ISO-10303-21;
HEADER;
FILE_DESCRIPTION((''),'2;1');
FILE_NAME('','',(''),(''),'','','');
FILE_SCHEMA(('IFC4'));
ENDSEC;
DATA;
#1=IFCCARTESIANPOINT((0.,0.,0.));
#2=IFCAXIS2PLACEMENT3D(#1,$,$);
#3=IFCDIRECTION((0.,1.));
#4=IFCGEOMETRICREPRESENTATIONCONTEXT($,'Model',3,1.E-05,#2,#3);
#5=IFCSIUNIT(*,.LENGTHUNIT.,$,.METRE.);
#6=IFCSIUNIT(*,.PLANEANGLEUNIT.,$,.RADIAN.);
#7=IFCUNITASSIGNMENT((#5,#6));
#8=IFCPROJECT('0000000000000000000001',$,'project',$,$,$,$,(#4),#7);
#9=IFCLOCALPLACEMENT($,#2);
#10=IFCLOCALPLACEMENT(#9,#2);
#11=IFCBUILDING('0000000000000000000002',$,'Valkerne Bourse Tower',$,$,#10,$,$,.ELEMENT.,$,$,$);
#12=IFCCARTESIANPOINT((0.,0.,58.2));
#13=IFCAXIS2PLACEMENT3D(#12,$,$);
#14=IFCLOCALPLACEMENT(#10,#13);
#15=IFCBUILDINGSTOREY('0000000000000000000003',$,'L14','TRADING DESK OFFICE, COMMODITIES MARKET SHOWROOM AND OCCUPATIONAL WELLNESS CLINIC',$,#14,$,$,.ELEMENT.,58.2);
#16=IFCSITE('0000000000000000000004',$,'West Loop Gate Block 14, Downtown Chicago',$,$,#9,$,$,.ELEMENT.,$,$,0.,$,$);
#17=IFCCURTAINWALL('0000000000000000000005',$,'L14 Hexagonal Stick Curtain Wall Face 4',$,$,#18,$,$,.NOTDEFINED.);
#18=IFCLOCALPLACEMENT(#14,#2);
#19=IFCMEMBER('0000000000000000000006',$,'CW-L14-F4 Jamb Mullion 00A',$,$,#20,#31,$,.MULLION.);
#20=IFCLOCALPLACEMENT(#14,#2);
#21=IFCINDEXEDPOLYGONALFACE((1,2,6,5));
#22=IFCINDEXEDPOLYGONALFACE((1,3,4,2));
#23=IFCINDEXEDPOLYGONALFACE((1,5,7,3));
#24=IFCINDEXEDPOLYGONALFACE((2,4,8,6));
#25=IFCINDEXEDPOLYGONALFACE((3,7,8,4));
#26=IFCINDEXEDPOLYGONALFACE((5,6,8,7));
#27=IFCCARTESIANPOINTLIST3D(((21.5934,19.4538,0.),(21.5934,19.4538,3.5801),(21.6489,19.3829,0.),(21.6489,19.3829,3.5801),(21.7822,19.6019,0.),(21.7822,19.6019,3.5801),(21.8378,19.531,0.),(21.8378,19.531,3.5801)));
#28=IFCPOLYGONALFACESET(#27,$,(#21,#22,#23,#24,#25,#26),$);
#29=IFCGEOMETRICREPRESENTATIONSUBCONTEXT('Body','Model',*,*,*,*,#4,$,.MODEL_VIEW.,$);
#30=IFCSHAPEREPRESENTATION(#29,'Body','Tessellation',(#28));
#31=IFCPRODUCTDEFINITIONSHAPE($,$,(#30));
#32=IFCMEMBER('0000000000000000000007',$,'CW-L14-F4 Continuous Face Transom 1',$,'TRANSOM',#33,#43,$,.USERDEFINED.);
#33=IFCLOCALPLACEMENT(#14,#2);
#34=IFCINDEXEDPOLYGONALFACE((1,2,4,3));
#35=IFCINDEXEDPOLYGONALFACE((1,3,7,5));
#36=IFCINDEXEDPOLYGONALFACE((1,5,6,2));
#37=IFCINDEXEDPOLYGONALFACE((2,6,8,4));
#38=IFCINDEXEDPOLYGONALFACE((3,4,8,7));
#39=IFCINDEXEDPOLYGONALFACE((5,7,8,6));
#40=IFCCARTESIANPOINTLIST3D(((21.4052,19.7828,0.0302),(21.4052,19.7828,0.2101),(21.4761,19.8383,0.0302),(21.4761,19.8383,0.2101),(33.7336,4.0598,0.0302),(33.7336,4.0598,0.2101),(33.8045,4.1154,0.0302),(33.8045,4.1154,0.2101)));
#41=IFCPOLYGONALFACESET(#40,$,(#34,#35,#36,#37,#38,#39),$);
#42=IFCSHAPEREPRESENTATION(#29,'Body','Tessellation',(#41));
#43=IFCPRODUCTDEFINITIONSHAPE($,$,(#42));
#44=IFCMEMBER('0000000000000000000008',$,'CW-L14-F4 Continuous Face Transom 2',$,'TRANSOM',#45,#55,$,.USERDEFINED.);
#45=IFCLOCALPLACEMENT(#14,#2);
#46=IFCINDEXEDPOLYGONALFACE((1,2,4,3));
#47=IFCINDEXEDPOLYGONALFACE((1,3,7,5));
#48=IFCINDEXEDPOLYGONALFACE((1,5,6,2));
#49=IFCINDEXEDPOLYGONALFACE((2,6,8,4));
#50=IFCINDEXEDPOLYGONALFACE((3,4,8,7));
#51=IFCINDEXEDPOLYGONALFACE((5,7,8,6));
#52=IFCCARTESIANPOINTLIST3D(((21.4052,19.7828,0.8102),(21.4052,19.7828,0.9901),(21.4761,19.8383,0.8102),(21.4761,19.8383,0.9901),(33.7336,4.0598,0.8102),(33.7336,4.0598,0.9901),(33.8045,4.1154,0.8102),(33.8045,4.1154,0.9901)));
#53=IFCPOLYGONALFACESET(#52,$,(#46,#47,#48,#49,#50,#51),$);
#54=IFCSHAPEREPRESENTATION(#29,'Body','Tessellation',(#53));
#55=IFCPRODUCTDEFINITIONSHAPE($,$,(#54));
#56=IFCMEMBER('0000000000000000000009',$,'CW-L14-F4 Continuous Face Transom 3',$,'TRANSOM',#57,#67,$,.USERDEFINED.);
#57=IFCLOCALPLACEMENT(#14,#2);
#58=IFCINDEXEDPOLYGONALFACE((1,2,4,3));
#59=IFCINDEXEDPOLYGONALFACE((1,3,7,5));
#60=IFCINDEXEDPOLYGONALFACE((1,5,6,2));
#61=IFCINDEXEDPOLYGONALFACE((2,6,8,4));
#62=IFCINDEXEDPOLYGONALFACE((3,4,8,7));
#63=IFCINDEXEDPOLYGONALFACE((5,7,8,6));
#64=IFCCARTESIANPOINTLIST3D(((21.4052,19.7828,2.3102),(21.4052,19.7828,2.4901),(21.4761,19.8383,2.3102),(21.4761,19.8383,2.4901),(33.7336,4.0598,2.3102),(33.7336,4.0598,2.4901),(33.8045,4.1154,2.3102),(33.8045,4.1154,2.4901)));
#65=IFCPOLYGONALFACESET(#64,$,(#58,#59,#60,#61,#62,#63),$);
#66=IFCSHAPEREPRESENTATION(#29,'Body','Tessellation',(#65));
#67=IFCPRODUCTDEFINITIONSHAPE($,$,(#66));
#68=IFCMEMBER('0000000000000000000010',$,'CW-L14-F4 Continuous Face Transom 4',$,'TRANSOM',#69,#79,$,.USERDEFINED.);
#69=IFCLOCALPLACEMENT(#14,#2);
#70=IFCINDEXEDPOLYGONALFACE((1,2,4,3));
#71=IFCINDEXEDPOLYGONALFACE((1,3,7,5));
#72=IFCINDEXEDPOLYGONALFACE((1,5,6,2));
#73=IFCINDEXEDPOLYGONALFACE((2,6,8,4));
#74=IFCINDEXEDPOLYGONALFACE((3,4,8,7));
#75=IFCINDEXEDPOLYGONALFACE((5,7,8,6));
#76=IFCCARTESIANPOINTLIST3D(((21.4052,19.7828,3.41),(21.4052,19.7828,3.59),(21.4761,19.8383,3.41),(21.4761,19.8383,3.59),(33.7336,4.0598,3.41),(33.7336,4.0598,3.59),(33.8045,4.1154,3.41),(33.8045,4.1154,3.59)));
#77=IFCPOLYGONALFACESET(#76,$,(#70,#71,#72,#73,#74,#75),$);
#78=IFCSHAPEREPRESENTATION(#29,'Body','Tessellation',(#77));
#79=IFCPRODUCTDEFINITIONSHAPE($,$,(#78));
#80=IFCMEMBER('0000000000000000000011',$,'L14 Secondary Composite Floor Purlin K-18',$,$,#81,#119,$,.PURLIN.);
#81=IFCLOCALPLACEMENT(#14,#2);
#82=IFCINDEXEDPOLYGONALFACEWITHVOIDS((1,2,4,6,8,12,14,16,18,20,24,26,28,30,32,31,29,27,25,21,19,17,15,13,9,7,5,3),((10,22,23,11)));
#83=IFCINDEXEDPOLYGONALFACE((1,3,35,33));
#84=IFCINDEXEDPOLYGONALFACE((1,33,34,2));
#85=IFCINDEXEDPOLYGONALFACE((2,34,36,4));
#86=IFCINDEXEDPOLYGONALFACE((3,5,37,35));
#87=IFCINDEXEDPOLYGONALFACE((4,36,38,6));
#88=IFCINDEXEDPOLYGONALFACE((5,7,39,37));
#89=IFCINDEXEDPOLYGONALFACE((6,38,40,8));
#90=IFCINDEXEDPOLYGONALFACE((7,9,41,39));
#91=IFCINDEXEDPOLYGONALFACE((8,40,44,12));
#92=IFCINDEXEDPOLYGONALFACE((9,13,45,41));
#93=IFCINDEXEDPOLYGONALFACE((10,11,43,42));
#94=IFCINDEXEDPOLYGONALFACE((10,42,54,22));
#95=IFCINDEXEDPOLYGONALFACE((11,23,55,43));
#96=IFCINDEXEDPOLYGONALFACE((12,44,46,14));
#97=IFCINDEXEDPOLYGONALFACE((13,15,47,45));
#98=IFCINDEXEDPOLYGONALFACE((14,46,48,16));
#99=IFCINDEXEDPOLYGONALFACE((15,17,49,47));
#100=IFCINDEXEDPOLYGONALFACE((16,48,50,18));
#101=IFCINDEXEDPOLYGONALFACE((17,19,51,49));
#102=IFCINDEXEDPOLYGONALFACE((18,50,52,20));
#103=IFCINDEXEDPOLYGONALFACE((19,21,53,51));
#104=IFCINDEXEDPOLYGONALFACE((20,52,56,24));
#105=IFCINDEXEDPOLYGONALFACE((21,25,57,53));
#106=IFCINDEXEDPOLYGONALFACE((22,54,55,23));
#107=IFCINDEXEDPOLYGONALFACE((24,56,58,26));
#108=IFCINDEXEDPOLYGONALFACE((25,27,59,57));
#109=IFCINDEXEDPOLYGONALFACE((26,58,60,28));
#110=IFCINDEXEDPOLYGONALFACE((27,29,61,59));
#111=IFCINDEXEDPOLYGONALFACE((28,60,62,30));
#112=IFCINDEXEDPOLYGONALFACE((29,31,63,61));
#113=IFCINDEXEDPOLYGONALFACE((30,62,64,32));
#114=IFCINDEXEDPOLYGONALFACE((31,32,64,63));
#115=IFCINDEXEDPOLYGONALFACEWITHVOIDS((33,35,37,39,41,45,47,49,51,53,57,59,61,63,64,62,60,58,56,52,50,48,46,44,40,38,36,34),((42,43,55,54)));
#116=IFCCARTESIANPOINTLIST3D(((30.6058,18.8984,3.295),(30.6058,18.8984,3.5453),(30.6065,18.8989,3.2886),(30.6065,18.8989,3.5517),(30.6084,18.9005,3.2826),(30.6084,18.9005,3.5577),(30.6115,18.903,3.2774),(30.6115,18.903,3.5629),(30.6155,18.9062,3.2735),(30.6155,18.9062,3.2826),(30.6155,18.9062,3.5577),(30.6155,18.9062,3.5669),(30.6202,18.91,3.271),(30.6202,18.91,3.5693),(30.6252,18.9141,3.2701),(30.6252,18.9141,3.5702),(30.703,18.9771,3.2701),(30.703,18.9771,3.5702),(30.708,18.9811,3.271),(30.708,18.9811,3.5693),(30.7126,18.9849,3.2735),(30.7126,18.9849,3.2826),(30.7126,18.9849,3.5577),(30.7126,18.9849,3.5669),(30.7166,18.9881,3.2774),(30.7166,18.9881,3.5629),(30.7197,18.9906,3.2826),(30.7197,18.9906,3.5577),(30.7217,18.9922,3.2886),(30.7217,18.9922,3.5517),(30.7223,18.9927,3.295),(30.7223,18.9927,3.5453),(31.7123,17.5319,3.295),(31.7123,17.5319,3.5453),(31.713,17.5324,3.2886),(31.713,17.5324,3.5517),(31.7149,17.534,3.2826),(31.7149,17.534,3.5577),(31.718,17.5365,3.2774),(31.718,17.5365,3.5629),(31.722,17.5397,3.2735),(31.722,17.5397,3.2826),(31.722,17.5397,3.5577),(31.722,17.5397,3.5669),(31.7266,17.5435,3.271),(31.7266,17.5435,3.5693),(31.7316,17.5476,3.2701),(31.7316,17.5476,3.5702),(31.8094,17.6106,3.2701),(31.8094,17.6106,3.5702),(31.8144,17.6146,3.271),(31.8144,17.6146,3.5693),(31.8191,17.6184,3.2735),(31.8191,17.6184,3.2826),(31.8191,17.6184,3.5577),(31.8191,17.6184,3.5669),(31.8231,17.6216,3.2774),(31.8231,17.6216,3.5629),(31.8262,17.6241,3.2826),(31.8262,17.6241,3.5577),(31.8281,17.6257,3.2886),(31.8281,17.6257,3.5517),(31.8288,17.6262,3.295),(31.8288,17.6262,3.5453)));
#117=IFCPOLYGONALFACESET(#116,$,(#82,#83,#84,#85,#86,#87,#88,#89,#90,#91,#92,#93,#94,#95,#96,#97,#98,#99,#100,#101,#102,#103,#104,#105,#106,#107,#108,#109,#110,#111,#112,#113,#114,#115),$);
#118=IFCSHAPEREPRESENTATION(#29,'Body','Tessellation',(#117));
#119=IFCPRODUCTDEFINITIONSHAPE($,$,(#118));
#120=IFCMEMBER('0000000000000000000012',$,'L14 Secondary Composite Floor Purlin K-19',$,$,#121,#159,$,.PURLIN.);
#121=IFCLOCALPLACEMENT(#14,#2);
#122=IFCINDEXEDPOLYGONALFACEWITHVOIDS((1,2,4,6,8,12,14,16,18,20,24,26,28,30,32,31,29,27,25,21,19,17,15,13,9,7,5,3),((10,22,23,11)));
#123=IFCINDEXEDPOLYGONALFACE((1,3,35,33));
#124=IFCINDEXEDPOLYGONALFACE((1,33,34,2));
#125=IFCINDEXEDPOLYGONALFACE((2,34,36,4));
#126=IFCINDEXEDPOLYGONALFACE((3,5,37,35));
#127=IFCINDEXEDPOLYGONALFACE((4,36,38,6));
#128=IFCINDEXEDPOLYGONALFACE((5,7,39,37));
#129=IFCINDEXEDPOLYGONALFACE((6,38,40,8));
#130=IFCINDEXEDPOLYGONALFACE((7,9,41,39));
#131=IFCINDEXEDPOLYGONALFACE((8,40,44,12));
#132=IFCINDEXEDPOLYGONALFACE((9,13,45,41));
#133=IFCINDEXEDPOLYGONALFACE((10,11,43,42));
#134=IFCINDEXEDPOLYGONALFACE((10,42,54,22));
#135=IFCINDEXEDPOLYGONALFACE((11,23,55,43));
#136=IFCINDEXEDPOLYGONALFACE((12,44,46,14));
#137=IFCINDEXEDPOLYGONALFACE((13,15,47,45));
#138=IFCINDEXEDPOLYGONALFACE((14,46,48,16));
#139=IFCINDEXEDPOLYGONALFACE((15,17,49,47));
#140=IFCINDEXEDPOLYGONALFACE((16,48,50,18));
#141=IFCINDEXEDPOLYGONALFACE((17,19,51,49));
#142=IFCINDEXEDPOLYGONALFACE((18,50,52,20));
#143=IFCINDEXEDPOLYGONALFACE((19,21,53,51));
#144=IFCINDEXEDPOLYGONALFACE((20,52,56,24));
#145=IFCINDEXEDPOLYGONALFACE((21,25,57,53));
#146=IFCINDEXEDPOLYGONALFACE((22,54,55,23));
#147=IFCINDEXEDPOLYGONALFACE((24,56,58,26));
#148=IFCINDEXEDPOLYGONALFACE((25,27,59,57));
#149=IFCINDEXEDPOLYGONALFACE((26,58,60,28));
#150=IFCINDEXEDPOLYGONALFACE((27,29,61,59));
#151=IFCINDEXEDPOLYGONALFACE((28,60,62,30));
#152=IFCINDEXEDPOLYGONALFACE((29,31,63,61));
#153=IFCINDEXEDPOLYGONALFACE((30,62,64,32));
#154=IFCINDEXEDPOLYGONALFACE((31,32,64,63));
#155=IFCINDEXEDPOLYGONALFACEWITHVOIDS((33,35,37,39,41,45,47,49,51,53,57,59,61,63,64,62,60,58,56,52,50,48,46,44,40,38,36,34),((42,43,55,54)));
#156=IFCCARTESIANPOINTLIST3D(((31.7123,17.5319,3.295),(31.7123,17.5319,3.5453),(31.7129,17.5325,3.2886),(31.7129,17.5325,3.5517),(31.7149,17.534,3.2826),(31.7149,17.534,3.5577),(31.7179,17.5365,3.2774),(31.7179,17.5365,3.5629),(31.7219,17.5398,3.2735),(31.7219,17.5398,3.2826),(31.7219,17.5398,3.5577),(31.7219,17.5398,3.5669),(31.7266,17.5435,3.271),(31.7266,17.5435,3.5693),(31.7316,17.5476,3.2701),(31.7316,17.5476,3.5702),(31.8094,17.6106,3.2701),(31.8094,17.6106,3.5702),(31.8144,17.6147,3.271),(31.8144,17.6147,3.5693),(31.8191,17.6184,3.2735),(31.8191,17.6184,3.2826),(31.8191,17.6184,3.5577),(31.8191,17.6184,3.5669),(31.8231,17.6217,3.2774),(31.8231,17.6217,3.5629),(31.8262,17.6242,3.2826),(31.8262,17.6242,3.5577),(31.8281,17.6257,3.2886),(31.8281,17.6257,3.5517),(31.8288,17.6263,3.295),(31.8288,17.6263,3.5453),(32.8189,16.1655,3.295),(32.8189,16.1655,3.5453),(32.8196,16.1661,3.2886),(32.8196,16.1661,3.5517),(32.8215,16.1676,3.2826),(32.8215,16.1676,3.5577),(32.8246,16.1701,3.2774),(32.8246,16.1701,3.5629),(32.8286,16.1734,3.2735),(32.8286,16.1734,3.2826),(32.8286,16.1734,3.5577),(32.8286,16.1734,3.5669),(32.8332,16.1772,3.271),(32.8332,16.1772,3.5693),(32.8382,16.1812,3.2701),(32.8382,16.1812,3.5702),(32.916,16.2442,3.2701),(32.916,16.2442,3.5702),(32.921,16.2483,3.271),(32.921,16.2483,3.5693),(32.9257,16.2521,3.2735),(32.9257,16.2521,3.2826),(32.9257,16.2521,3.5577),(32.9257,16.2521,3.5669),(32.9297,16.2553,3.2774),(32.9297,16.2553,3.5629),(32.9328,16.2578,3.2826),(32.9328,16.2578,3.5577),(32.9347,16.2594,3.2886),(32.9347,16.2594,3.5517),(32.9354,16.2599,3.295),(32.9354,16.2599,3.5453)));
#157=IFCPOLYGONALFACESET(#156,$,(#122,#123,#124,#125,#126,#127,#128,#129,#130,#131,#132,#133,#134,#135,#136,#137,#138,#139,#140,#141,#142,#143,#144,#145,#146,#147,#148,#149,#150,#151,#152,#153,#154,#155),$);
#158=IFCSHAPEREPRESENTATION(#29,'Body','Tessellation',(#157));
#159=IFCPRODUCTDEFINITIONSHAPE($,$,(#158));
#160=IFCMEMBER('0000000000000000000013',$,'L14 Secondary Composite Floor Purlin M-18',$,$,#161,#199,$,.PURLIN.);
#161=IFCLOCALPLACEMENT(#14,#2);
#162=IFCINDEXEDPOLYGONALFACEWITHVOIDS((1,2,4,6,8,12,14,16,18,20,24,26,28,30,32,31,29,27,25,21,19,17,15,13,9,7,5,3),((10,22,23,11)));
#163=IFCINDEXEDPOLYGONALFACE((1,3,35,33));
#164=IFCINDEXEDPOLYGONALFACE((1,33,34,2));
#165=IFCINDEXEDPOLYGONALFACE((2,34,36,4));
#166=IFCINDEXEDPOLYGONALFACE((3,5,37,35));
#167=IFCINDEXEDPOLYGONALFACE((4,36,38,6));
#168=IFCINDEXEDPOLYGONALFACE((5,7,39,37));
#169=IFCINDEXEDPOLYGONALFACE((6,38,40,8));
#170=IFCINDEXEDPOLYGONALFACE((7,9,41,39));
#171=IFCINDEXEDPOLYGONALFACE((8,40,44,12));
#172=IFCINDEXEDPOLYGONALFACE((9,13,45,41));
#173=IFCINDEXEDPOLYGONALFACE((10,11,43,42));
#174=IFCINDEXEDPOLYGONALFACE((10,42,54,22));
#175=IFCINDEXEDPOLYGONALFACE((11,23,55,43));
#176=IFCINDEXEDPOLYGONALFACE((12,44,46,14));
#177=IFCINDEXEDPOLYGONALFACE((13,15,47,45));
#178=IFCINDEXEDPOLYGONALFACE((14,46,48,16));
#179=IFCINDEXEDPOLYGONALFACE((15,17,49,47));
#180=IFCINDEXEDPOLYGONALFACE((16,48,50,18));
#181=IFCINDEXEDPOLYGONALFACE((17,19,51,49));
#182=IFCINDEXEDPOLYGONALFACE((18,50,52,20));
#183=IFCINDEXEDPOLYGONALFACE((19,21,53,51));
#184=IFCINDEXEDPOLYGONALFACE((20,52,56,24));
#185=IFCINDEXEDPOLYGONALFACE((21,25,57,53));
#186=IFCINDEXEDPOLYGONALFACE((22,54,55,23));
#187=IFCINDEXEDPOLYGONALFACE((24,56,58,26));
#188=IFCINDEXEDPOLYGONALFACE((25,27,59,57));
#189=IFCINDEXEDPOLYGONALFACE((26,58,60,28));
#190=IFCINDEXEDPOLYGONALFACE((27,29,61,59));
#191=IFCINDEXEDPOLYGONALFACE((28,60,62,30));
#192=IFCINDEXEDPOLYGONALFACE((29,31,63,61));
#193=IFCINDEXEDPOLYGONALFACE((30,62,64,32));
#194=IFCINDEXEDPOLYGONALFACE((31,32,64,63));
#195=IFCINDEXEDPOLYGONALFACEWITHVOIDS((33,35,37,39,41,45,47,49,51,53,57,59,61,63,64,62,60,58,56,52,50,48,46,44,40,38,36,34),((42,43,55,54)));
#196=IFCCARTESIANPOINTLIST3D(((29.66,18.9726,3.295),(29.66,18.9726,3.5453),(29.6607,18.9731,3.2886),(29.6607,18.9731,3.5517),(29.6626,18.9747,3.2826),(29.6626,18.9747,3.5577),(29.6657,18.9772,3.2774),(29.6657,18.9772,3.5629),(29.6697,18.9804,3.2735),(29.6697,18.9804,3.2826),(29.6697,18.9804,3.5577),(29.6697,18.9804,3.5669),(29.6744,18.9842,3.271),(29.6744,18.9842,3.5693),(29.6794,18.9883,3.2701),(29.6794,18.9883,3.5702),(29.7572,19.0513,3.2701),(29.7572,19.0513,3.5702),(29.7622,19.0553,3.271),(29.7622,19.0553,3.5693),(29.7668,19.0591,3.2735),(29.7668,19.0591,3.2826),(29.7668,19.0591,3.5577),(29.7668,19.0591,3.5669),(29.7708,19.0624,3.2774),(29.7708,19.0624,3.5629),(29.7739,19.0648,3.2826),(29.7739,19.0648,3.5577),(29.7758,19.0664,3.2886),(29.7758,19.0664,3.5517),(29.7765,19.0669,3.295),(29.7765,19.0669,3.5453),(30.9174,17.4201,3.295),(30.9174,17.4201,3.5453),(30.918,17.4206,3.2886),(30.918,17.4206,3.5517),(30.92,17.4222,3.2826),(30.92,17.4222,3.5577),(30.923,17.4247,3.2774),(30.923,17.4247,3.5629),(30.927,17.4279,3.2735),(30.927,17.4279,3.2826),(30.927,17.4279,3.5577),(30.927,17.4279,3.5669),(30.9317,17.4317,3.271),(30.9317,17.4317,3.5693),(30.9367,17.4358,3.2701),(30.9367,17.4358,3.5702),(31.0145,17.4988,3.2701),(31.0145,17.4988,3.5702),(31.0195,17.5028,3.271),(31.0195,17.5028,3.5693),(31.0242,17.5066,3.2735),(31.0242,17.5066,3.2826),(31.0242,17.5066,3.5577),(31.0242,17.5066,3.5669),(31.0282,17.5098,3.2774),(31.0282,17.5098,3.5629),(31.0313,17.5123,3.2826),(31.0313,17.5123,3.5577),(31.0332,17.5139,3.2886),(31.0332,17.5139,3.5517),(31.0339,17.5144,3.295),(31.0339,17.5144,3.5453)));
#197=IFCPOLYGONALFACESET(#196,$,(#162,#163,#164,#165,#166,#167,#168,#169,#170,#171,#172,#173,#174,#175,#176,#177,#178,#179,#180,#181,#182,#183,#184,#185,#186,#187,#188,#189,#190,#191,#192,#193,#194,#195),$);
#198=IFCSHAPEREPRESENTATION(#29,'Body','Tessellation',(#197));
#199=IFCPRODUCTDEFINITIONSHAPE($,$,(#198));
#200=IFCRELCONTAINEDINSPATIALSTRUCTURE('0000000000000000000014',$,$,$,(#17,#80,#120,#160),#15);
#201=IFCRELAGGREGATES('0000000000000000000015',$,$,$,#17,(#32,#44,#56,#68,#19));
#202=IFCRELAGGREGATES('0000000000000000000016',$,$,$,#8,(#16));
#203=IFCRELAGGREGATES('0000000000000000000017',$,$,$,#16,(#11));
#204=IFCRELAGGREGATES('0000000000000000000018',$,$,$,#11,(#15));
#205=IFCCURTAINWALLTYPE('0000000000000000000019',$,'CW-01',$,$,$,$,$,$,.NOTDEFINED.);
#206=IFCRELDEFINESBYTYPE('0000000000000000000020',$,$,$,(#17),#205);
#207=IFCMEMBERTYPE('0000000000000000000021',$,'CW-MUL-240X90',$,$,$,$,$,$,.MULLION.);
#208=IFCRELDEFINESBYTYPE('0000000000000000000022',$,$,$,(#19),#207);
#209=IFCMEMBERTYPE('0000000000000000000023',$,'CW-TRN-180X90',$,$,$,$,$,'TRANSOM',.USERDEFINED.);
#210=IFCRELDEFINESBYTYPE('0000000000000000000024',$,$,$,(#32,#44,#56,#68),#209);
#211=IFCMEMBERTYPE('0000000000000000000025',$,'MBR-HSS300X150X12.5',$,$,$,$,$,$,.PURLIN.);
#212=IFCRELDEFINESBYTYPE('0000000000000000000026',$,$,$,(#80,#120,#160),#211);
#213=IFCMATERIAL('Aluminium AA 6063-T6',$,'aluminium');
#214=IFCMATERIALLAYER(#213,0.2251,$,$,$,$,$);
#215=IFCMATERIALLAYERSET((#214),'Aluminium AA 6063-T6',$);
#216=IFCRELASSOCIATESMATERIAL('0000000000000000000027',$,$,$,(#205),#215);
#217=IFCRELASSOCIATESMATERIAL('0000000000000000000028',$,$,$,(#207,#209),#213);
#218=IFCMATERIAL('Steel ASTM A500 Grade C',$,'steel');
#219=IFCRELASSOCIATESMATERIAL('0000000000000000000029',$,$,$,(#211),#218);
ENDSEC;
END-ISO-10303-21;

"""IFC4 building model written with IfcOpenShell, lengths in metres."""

from ifc_helpers import new_model, si_unit, direction, frame, origin, origin_2d, place, context, subcontext, project, spatial, rectangle, hollow_rectangle, extrude, material, layer, layer_set, material_profile, profile_set, type_object, element, aggregate, save


model = new_model("IFC4")

# Units and contexts
model_context = context("Model", 3, precision=1e-05, world=origin(), true_north=direction((0.0, 1.0)))
body_context = subcontext(model_context, "Body", "Model", "MODEL_VIEW")
ifc_project = project(units=[si_unit("LENGTHUNIT", "METRE"), si_unit("PLANEANGLEUNIT", "RADIAN")], contexts=[model_context])

# Site, building, storey
site_placement = place(None, origin())
site = spatial("IfcSite", under=ifc_project, at=site_placement, Name="West Loop Gate Block 14, Downtown Chicago", CompositionType="ELEMENT", RefElevation=0.0)
building_placement = place(site_placement, origin())
building = spatial("IfcBuilding", under=site, at=building_placement, Name="Valkerne Bourse Tower", CompositionType="ELEMENT")
storey_placement = place(building_placement, frame((0.0, 0.0, 58.2)))
storey = spatial("IfcBuildingStorey", under=building, at=storey_placement, Name="L14", Description="TRADING DESK OFFICE, COMMODITIES MARKET SHOWROOM AND OCCUPATIONAL WELLNESS CLINIC", CompositionType="ELEMENT", Elevation=58.2)

# Curtain wall, members
ifc_material_1 = material(Name="Aluminium AA 6063-T6", Category="aluminium")
ifc_layer_1 = layer(ifc_material_1, 0.2251)
ifc_layer_set_1 = layer_set([ifc_layer_1], Name="Aluminium AA 6063-T6")
curtain_wall_type = type_object("IfcCurtainWallType", Name="CW-01", PredefinedType="NOTDEFINED", material=ifc_layer_set_1)
curtain_wall_placement = place(storey_placement, origin())
curtain_wall = element("IfcCurtainWall", 1, at=curtain_wall_placement, inside=storey, type_object=curtain_wall_type, Name="L14 Hexagonal Stick Curtain Wall Face 4", PredefinedType="NOTDEFINED")
ifc_material_profile_1 = material_profile(ifc_material_1, rectangle(XDim=0.0901, YDim=0.24, at=origin_2d()), Name="CWM-90X240")
ifc_profile_set_1 = profile_set([ifc_material_profile_1], Name="Aluminium AA 6063-T6")
member_type_1 = type_object("IfcMemberType", Name="CW-MUL-240X90", PredefinedType="MULLION", material=ifc_profile_set_1)
member_1_placement = place(storey_placement, frame((21.7156, 19.4924, 0.0), z_axis=(0.0, 0.0, 1.0), x_axis=(0.617051, -0.786923, 0.0)))
member_1 = element("IfcMember", 2, at=member_1_placement, type_object=member_type_1, Name="CW-L14-F4 Jamb Mullion 00A", PredefinedType="MULLION", context=body_context, shape_type="SweptSolid", body=[
    extrude(rectangle(XDim=0.0901, YDim=0.24, at=origin_2d()), origin(), (0.0, 0.0, 1.0), 3.5801),
])
ifc_material_profile_2 = material_profile(ifc_material_1, rectangle(XDim=0.0901, YDim=0.1799, at=origin_2d()), Name="CWT-90X180")
ifc_profile_set_2 = profile_set([ifc_material_profile_2], Name="Aluminium AA 6063-T6")
member_type_2 = type_object("IfcMemberType", Name="CW-TRN-180X90", ElementType="TRANSOM", PredefinedType="USERDEFINED", material=ifc_profile_set_2)
member_2_placement = place(storey_placement, frame((21.4407, 19.8105, 0.1201), z_axis=(0.617037, -0.786934, 0.0), x_axis=(0.786934, 0.617037, 0.0)))
member_2 = element("IfcMember", 3, at=member_2_placement, type_object=member_type_2, Name="CW-L14-F4 Continuous Face Transom 1", ObjectType="TRANSOM", PredefinedType="USERDEFINED", context=body_context, shape_type="SweptSolid", body=[
    extrude(rectangle(XDim=0.0901, YDim=0.1799, at=origin_2d()), origin(), (0.0, 0.0, 1.0), 19.98),
])
member_3_placement = place(storey_placement, frame((21.4407, 19.8105, 0.9001), z_axis=(0.617037, -0.786934, 0.0), x_axis=(0.786934, 0.617037, 0.0)))
member_3 = element("IfcMember", 4, at=member_3_placement, type_object=member_type_2, Name="CW-L14-F4 Continuous Face Transom 2", ObjectType="TRANSOM", PredefinedType="USERDEFINED", context=body_context, shape_type="SweptSolid", body=[
    extrude(rectangle(XDim=0.0901, YDim=0.1799, at=origin_2d()), origin(), (0.0, 0.0, 1.0), 19.98),
])
member_4_placement = place(storey_placement, frame((21.4407, 19.8105, 2.4001), z_axis=(0.617037, -0.786934, 0.0), x_axis=(0.786934, 0.617037, 0.0)))
member_4 = element("IfcMember", 5, at=member_4_placement, type_object=member_type_2, Name="CW-L14-F4 Continuous Face Transom 3", ObjectType="TRANSOM", PredefinedType="USERDEFINED", context=body_context, shape_type="SweptSolid", body=[
    extrude(rectangle(XDim=0.0901, YDim=0.1799, at=origin_2d()), origin(), (0.0, 0.0, 1.0), 19.98),
])
member_5_placement = place(storey_placement, frame((21.4407, 19.8105, 3.5), z_axis=(0.617037, -0.786934, 0.0), x_axis=(0.786934, 0.617037, 0.0)))
member_5 = element("IfcMember", 6, at=member_5_placement, type_object=member_type_2, Name="CW-L14-F4 Continuous Face Transom 4", ObjectType="TRANSOM", PredefinedType="USERDEFINED", context=body_context, shape_type="SweptSolid", body=[
    extrude(rectangle(XDim=0.0901, YDim=0.1799, at=origin_2d()), origin(), (0.0, 0.0, 1.0), 19.98),
])

# Members
ifc_material_2 = material(Name="Steel ASTM A500 Grade C", Category="steel")
ifc_material_profile_3 = material_profile(ifc_material_2, hollow_rectangle(XDim=0.1499, YDim=0.3, WallThickness=0.0125, OuterFilletRadius=0.0249, at=origin_2d()), Name="HSS300X150X12.5")
ifc_profile_set_3 = profile_set([ifc_material_profile_3], Name="Steel ASTM A500 Grade C")
member_type_3 = type_object("IfcMemberType", Name="MBR-HSS300X150X12.5", PredefinedType="PURLIN", material=ifc_profile_set_3)
for number, where, z_axis, x_axis, name in (
    (7, (30.6641, 18.9456, 3.4202), (0.62929, -0.77717, 0.0), (0.77717, 0.62929, 0.0), "L14 Secondary Composite Floor Purlin K-18"),
    (8, (31.7705, 17.5791, 3.4202), (0.629374, -0.777103, 0.0), (0.777103, 0.629374, 0.0), "L14 Secondary Composite Floor Purlin K-19"),
):
    element("IfcMember", number, at=place(storey_placement, frame(where, z_axis=z_axis, x_axis=x_axis)), inside=storey, type_object=member_type_3, Name=name, PredefinedType="PURLIN", context=body_context, shape_type="SweptSolid", body=[
        extrude(hollow_rectangle(XDim=0.1499, YDim=0.3, WallThickness=0.0125, OuterFilletRadius=0.0249, at=origin_2d()), origin(), (0.0, 0.0, 1.0), 1.7583),
    ])
member_6_placement = place(storey_placement, frame((29.7183, 19.0198, 3.4202), z_axis=(0.629363, -0.777111, 0.0), x_axis=(0.777111, 0.629363, 0.0)))
element("IfcMember", 9, at=member_6_placement, inside=storey, type_object=member_type_3, Name="L14 Secondary Composite Floor Purlin M-18", PredefinedType="PURLIN", context=body_context, shape_type="SweptSolid", body=[
    extrude(hollow_rectangle(XDim=0.1499, YDim=0.3, WallThickness=0.0125, OuterFilletRadius=0.0249, at=origin_2d()), origin(), (0.0, 0.0, 1.0), 1.9978),
])

aggregate(curtain_wall, [member_2, member_3, member_4, member_5, member_1])

save(model, "model.ifc")
